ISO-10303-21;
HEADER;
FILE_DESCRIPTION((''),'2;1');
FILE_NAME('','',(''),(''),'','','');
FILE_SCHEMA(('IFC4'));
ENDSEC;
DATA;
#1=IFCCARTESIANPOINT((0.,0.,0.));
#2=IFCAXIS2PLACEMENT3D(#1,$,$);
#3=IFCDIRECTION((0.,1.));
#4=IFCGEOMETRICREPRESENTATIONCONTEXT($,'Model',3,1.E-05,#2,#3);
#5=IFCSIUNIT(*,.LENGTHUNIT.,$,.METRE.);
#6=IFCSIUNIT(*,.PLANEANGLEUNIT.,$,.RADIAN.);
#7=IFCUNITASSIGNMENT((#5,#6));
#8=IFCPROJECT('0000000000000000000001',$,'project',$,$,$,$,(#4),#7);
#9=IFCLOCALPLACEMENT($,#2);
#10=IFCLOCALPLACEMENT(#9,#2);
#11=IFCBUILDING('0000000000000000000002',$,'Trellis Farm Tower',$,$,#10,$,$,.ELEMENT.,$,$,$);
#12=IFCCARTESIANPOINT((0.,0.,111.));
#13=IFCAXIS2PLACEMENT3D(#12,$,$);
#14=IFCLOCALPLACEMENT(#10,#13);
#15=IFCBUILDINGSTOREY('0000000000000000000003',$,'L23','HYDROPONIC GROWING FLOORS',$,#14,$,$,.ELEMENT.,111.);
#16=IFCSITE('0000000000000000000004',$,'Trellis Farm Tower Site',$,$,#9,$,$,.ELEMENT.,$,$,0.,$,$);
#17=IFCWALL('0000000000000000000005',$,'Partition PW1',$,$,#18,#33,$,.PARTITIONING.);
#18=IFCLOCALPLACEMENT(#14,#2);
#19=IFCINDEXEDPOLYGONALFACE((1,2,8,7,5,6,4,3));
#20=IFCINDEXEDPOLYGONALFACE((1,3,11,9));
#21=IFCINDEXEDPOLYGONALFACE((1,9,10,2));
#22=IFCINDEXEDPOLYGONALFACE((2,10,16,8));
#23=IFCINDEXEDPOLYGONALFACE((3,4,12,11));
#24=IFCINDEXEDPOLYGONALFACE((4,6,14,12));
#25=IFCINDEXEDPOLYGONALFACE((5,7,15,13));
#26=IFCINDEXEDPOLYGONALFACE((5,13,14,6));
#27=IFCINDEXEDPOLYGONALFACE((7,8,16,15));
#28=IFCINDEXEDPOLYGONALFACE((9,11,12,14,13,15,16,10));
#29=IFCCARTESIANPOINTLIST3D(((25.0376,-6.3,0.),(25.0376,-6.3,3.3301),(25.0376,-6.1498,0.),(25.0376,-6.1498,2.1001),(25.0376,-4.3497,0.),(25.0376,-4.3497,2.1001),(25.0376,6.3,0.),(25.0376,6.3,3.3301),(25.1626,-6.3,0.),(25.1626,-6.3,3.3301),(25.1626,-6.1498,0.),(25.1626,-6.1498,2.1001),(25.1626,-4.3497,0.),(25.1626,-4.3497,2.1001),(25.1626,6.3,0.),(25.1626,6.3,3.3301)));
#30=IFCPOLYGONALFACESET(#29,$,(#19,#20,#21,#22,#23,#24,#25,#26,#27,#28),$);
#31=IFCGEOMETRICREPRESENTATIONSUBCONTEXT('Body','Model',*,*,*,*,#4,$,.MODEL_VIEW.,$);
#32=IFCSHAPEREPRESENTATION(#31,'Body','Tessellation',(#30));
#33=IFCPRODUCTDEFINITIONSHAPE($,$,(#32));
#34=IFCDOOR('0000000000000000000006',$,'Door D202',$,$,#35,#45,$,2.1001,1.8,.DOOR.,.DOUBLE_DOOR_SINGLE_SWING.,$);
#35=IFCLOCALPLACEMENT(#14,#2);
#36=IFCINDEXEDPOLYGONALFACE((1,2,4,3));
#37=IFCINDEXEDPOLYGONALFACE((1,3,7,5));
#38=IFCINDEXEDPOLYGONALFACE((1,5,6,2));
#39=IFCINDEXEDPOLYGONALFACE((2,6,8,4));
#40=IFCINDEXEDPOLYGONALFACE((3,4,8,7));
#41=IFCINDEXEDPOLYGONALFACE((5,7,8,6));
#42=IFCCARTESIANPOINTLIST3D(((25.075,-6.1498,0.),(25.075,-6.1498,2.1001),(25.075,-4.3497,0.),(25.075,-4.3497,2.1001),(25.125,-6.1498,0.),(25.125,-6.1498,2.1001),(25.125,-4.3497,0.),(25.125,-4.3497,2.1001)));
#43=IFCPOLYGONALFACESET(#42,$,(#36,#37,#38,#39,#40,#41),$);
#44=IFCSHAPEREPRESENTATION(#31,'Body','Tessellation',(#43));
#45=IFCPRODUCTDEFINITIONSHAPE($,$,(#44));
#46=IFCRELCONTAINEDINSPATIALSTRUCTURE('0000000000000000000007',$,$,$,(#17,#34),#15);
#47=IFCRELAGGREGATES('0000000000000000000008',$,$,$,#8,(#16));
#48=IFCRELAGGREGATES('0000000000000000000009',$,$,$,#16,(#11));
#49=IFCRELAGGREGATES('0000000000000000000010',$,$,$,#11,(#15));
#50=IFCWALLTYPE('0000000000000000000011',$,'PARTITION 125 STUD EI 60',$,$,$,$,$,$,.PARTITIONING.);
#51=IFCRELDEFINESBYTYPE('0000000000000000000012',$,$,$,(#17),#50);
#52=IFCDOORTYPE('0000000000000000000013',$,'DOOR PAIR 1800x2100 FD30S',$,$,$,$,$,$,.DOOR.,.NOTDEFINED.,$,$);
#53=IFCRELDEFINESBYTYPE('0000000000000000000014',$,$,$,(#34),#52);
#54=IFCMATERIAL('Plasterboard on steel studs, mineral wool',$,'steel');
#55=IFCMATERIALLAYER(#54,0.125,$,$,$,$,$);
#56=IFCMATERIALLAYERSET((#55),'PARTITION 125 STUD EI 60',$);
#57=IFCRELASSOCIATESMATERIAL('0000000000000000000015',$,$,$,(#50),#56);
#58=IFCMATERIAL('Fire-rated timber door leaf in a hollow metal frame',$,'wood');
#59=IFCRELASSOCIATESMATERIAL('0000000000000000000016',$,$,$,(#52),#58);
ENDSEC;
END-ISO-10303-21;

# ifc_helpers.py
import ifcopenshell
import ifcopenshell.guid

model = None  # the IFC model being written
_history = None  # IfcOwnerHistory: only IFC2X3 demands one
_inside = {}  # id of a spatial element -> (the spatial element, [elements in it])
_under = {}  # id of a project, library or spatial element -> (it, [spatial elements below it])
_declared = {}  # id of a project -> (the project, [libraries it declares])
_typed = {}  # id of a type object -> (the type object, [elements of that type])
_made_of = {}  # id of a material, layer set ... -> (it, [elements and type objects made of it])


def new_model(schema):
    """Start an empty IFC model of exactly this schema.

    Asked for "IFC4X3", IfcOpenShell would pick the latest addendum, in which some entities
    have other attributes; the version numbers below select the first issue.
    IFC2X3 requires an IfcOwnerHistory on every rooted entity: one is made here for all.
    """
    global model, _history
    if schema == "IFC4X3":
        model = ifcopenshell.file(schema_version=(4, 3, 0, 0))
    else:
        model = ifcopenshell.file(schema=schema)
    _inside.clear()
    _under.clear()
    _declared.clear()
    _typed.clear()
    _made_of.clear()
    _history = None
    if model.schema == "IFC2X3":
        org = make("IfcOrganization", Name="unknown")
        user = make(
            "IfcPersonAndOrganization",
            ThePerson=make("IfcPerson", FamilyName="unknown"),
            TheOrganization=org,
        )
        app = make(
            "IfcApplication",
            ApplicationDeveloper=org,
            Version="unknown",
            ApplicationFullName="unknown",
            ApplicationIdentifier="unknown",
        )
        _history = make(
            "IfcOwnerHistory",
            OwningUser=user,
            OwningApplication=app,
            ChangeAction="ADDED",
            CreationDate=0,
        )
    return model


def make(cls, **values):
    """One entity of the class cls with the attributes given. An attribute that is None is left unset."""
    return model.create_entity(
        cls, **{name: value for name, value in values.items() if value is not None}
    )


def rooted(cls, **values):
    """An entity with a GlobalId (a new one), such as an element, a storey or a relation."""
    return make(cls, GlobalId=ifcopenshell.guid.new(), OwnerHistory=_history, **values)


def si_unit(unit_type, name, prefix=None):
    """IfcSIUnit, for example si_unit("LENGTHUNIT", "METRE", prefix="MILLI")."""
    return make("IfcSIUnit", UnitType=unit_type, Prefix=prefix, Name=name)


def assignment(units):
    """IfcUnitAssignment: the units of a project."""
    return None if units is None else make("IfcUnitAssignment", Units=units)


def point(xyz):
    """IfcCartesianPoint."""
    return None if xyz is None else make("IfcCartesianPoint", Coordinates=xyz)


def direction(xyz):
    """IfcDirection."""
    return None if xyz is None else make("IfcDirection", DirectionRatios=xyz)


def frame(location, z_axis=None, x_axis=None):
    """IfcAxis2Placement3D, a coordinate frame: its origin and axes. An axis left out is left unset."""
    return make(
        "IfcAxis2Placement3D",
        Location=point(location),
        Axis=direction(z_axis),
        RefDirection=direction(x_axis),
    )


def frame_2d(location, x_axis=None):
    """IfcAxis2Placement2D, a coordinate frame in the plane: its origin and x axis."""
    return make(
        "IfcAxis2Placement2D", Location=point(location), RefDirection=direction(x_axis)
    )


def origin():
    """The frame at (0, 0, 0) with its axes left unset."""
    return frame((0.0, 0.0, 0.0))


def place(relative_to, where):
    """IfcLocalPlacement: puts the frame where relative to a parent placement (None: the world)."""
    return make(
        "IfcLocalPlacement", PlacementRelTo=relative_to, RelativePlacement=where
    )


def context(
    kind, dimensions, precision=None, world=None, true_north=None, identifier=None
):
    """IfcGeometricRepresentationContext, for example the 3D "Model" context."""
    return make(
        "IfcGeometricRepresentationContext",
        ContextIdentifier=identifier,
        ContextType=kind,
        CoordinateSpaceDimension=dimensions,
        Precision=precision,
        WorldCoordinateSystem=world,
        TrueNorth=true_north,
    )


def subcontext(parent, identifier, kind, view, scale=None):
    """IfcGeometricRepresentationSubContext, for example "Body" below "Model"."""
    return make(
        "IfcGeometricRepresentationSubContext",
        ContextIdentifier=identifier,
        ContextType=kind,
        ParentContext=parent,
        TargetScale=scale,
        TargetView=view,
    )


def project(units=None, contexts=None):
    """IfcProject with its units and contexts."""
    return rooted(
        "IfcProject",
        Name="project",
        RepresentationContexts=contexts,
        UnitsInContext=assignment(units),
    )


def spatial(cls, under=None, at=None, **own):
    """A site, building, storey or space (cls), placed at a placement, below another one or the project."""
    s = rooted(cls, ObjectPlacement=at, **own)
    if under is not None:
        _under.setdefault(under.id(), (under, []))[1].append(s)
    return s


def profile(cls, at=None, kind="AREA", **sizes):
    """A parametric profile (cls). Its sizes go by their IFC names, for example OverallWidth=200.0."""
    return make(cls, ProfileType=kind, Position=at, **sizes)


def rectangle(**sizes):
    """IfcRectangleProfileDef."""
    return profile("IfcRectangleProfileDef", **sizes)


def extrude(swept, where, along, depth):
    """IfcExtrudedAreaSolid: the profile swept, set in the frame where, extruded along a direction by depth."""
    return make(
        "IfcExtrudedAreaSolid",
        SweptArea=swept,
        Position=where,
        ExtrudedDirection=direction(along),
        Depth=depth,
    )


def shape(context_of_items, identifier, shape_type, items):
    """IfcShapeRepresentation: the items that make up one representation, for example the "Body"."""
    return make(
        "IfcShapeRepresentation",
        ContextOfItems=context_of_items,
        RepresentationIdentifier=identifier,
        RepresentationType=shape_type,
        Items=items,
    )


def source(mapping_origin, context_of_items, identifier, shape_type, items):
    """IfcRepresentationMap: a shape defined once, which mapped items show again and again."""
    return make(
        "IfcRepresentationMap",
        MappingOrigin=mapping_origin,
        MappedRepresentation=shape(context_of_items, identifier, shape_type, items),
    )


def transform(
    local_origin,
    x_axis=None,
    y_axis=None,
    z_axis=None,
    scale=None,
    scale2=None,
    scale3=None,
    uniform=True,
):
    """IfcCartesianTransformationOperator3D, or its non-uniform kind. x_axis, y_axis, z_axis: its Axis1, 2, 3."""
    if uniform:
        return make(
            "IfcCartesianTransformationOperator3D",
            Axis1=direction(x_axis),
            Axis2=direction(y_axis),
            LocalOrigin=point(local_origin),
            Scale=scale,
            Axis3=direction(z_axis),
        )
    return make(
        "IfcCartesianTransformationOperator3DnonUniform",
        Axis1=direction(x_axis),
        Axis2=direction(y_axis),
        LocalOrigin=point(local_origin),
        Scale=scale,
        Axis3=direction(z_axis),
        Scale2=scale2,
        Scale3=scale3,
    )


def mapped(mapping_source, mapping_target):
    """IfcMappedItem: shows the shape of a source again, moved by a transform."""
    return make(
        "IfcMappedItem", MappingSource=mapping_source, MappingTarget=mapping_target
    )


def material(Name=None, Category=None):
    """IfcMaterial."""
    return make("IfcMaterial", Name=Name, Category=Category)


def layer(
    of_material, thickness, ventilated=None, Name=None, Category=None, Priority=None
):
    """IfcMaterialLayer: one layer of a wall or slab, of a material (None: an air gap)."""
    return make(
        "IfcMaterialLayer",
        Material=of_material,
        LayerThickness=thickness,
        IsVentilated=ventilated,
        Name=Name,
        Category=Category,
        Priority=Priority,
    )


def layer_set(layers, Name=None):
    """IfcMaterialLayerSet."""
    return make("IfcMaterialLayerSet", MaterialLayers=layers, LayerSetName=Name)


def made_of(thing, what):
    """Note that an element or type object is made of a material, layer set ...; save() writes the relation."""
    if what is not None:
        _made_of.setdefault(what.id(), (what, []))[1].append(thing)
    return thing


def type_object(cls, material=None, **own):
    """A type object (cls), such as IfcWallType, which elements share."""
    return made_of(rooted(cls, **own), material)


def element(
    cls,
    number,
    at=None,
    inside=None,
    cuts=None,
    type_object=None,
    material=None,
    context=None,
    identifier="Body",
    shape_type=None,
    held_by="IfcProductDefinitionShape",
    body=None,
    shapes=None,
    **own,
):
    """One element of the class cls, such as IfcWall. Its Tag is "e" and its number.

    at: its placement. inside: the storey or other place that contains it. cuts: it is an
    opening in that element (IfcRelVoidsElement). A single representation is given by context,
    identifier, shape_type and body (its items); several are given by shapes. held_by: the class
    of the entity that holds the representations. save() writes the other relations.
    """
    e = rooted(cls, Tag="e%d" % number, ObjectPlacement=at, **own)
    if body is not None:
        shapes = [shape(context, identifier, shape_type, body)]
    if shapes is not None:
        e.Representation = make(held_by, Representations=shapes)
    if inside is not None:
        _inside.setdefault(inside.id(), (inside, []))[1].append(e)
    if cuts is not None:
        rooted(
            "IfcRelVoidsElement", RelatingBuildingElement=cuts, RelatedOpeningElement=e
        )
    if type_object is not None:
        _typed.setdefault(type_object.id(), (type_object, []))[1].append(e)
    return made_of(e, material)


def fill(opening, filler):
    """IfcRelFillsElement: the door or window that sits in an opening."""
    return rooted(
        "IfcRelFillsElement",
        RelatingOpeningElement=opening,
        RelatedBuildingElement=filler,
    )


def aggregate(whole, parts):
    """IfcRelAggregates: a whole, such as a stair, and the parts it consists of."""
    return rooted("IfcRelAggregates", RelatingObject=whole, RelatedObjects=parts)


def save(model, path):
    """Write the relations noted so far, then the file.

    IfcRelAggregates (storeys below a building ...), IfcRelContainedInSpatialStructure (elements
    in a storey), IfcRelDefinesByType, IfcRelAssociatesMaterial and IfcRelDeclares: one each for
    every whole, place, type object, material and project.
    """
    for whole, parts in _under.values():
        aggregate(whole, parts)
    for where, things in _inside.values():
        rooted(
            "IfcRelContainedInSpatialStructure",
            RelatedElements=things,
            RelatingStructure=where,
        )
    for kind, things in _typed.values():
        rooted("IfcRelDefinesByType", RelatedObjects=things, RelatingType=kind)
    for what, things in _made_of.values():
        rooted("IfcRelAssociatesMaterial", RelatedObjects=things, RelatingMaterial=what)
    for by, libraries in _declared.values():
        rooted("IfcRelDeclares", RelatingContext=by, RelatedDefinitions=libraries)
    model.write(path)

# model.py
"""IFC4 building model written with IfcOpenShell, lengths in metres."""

from ifc_helpers import new_model, si_unit, direction, frame, frame_2d, origin, place, context, subcontext, project, spatial, rectangle, extrude, source, transform, mapped, material, layer, layer_set, type_object, element, fill, save


model = new_model("IFC4")

# Units and contexts
model_context = context("Model", 3, precision=1e-05, world=origin(), true_north=direction((0.0, 1.0)))
body_context = subcontext(model_context, "Body", "Model", "MODEL_VIEW")
ifc_project = project(units=[si_unit("LENGTHUNIT", "METRE"), si_unit("PLANEANGLEUNIT", "RADIAN")], contexts=[model_context])

# Site, building, storey
site_placement = place(None, origin())
site = spatial("IfcSite", under=ifc_project, at=site_placement, Name="Trellis Farm Tower Site", CompositionType="ELEMENT", RefElevation=0.0)
building_placement = place(site_placement, origin())
building = spatial("IfcBuilding", under=site, at=building_placement, Name="Trellis Farm Tower", CompositionType="ELEMENT")
storey_placement = place(building_placement, frame((0.0, 0.0, 111.0)))
storey = spatial("IfcBuildingStorey", under=building, at=storey_placement, Name="L23", Description="HYDROPONIC GROWING FLOORS", CompositionType="ELEMENT", Elevation=111.0)

# Wall, opening, door
ifc_material_1 = material(Name="Plasterboard on steel studs, mineral wool", Category="steel")
ifc_layer_1 = layer(ifc_material_1, 0.125)
ifc_layer_set_1 = layer_set([ifc_layer_1], Name="PARTITION 125 STUD EI 60")
wall_type_1 = type_object("IfcWallType", Name="PARTITION 125 STUD EI 60", PredefinedType="PARTITIONING", material=ifc_layer_set_1)
shared_shape_1 = source(origin(), body_context, "Body", "SweptSolid", [
    extrude(rectangle(XDim=12.6001, YDim=0.125, at=frame_2d((6.3, 0.0))), origin(), (0.0, 0.0, 1.0), 3.3301),
])
wall_1_placement = place(storey_placement, frame((25.1001, 6.3, 0.0), z_axis=(0.0, 0.0, 1.0), x_axis=(0.0, -1.0, 0.0)))
wall_1 = element("IfcWall", 1, at=wall_1_placement, inside=storey, type_object=wall_type_1, Name="Partition PW1", PredefinedType="PARTITIONING", context=body_context, shape_type="MappedRepresentation", body=[
    mapped(shared_shape_1, transform((0.0, 0.0, 0.0))),
])
shared_shape_2 = source(origin(), body_context, "Body", "SweptSolid", [
    extrude(rectangle(XDim=1.8, YDim=2.1001, at=frame_2d((0.8999, 1.05))), frame((0.0, 0.0725, 0.0), z_axis=(0.0, -1.0, 0.0), x_axis=(1.0, 0.0, 0.0)), (0.0, 0.0, 1.0), 0.145),
])
opening_1_placement = place(wall_1_placement, frame((10.6499, 0.0, 0.0)))
opening_1 = element("IfcOpeningElement", 2, at=opening_1_placement, cuts=wall_1, PredefinedType="OPENING", context=body_context, shape_type="MappedRepresentation", body=[
    mapped(shared_shape_2, transform((0.0, 0.0, 0.0))),
])
ifc_material_2 = material(Name="Fire-rated timber door leaf in a hollow metal frame", Category="wood")
door_type_1 = type_object("IfcDoorType", Name="DOOR PAIR 1800x2100 FD30S", OperationType="NOTDEFINED", PredefinedType="DOOR", material=ifc_material_2)
shared_shape_3 = source(origin(), body_context, "Body", "SweptSolid", [
    extrude(rectangle(XDim=1.8, YDim=2.1001, at=frame_2d((0.8999, 1.05))), frame((0.0, 0.0249, 0.0), z_axis=(0.0, -1.0, 0.0), x_axis=(1.0, 0.0, 0.0)), (0.0, 0.0, 1.0), 0.05),
])
door_1_placement = place(opening_1_placement, origin())
door_1 = element("IfcDoor", 3, at=door_1_placement, inside=storey, type_object=door_type_1, Name="Door D202", OperationType="DOUBLE_DOOR_SINGLE_SWING", OverallHeight=2.1001, OverallWidth=1.8, PredefinedType="DOOR", context=body_context, shape_type="MappedRepresentation", body=[
    mapped(shared_shape_3, transform((0.0, 0.0, 0.0))),
])
fill(opening_1, door_1)

save(model, "model.ifc")
